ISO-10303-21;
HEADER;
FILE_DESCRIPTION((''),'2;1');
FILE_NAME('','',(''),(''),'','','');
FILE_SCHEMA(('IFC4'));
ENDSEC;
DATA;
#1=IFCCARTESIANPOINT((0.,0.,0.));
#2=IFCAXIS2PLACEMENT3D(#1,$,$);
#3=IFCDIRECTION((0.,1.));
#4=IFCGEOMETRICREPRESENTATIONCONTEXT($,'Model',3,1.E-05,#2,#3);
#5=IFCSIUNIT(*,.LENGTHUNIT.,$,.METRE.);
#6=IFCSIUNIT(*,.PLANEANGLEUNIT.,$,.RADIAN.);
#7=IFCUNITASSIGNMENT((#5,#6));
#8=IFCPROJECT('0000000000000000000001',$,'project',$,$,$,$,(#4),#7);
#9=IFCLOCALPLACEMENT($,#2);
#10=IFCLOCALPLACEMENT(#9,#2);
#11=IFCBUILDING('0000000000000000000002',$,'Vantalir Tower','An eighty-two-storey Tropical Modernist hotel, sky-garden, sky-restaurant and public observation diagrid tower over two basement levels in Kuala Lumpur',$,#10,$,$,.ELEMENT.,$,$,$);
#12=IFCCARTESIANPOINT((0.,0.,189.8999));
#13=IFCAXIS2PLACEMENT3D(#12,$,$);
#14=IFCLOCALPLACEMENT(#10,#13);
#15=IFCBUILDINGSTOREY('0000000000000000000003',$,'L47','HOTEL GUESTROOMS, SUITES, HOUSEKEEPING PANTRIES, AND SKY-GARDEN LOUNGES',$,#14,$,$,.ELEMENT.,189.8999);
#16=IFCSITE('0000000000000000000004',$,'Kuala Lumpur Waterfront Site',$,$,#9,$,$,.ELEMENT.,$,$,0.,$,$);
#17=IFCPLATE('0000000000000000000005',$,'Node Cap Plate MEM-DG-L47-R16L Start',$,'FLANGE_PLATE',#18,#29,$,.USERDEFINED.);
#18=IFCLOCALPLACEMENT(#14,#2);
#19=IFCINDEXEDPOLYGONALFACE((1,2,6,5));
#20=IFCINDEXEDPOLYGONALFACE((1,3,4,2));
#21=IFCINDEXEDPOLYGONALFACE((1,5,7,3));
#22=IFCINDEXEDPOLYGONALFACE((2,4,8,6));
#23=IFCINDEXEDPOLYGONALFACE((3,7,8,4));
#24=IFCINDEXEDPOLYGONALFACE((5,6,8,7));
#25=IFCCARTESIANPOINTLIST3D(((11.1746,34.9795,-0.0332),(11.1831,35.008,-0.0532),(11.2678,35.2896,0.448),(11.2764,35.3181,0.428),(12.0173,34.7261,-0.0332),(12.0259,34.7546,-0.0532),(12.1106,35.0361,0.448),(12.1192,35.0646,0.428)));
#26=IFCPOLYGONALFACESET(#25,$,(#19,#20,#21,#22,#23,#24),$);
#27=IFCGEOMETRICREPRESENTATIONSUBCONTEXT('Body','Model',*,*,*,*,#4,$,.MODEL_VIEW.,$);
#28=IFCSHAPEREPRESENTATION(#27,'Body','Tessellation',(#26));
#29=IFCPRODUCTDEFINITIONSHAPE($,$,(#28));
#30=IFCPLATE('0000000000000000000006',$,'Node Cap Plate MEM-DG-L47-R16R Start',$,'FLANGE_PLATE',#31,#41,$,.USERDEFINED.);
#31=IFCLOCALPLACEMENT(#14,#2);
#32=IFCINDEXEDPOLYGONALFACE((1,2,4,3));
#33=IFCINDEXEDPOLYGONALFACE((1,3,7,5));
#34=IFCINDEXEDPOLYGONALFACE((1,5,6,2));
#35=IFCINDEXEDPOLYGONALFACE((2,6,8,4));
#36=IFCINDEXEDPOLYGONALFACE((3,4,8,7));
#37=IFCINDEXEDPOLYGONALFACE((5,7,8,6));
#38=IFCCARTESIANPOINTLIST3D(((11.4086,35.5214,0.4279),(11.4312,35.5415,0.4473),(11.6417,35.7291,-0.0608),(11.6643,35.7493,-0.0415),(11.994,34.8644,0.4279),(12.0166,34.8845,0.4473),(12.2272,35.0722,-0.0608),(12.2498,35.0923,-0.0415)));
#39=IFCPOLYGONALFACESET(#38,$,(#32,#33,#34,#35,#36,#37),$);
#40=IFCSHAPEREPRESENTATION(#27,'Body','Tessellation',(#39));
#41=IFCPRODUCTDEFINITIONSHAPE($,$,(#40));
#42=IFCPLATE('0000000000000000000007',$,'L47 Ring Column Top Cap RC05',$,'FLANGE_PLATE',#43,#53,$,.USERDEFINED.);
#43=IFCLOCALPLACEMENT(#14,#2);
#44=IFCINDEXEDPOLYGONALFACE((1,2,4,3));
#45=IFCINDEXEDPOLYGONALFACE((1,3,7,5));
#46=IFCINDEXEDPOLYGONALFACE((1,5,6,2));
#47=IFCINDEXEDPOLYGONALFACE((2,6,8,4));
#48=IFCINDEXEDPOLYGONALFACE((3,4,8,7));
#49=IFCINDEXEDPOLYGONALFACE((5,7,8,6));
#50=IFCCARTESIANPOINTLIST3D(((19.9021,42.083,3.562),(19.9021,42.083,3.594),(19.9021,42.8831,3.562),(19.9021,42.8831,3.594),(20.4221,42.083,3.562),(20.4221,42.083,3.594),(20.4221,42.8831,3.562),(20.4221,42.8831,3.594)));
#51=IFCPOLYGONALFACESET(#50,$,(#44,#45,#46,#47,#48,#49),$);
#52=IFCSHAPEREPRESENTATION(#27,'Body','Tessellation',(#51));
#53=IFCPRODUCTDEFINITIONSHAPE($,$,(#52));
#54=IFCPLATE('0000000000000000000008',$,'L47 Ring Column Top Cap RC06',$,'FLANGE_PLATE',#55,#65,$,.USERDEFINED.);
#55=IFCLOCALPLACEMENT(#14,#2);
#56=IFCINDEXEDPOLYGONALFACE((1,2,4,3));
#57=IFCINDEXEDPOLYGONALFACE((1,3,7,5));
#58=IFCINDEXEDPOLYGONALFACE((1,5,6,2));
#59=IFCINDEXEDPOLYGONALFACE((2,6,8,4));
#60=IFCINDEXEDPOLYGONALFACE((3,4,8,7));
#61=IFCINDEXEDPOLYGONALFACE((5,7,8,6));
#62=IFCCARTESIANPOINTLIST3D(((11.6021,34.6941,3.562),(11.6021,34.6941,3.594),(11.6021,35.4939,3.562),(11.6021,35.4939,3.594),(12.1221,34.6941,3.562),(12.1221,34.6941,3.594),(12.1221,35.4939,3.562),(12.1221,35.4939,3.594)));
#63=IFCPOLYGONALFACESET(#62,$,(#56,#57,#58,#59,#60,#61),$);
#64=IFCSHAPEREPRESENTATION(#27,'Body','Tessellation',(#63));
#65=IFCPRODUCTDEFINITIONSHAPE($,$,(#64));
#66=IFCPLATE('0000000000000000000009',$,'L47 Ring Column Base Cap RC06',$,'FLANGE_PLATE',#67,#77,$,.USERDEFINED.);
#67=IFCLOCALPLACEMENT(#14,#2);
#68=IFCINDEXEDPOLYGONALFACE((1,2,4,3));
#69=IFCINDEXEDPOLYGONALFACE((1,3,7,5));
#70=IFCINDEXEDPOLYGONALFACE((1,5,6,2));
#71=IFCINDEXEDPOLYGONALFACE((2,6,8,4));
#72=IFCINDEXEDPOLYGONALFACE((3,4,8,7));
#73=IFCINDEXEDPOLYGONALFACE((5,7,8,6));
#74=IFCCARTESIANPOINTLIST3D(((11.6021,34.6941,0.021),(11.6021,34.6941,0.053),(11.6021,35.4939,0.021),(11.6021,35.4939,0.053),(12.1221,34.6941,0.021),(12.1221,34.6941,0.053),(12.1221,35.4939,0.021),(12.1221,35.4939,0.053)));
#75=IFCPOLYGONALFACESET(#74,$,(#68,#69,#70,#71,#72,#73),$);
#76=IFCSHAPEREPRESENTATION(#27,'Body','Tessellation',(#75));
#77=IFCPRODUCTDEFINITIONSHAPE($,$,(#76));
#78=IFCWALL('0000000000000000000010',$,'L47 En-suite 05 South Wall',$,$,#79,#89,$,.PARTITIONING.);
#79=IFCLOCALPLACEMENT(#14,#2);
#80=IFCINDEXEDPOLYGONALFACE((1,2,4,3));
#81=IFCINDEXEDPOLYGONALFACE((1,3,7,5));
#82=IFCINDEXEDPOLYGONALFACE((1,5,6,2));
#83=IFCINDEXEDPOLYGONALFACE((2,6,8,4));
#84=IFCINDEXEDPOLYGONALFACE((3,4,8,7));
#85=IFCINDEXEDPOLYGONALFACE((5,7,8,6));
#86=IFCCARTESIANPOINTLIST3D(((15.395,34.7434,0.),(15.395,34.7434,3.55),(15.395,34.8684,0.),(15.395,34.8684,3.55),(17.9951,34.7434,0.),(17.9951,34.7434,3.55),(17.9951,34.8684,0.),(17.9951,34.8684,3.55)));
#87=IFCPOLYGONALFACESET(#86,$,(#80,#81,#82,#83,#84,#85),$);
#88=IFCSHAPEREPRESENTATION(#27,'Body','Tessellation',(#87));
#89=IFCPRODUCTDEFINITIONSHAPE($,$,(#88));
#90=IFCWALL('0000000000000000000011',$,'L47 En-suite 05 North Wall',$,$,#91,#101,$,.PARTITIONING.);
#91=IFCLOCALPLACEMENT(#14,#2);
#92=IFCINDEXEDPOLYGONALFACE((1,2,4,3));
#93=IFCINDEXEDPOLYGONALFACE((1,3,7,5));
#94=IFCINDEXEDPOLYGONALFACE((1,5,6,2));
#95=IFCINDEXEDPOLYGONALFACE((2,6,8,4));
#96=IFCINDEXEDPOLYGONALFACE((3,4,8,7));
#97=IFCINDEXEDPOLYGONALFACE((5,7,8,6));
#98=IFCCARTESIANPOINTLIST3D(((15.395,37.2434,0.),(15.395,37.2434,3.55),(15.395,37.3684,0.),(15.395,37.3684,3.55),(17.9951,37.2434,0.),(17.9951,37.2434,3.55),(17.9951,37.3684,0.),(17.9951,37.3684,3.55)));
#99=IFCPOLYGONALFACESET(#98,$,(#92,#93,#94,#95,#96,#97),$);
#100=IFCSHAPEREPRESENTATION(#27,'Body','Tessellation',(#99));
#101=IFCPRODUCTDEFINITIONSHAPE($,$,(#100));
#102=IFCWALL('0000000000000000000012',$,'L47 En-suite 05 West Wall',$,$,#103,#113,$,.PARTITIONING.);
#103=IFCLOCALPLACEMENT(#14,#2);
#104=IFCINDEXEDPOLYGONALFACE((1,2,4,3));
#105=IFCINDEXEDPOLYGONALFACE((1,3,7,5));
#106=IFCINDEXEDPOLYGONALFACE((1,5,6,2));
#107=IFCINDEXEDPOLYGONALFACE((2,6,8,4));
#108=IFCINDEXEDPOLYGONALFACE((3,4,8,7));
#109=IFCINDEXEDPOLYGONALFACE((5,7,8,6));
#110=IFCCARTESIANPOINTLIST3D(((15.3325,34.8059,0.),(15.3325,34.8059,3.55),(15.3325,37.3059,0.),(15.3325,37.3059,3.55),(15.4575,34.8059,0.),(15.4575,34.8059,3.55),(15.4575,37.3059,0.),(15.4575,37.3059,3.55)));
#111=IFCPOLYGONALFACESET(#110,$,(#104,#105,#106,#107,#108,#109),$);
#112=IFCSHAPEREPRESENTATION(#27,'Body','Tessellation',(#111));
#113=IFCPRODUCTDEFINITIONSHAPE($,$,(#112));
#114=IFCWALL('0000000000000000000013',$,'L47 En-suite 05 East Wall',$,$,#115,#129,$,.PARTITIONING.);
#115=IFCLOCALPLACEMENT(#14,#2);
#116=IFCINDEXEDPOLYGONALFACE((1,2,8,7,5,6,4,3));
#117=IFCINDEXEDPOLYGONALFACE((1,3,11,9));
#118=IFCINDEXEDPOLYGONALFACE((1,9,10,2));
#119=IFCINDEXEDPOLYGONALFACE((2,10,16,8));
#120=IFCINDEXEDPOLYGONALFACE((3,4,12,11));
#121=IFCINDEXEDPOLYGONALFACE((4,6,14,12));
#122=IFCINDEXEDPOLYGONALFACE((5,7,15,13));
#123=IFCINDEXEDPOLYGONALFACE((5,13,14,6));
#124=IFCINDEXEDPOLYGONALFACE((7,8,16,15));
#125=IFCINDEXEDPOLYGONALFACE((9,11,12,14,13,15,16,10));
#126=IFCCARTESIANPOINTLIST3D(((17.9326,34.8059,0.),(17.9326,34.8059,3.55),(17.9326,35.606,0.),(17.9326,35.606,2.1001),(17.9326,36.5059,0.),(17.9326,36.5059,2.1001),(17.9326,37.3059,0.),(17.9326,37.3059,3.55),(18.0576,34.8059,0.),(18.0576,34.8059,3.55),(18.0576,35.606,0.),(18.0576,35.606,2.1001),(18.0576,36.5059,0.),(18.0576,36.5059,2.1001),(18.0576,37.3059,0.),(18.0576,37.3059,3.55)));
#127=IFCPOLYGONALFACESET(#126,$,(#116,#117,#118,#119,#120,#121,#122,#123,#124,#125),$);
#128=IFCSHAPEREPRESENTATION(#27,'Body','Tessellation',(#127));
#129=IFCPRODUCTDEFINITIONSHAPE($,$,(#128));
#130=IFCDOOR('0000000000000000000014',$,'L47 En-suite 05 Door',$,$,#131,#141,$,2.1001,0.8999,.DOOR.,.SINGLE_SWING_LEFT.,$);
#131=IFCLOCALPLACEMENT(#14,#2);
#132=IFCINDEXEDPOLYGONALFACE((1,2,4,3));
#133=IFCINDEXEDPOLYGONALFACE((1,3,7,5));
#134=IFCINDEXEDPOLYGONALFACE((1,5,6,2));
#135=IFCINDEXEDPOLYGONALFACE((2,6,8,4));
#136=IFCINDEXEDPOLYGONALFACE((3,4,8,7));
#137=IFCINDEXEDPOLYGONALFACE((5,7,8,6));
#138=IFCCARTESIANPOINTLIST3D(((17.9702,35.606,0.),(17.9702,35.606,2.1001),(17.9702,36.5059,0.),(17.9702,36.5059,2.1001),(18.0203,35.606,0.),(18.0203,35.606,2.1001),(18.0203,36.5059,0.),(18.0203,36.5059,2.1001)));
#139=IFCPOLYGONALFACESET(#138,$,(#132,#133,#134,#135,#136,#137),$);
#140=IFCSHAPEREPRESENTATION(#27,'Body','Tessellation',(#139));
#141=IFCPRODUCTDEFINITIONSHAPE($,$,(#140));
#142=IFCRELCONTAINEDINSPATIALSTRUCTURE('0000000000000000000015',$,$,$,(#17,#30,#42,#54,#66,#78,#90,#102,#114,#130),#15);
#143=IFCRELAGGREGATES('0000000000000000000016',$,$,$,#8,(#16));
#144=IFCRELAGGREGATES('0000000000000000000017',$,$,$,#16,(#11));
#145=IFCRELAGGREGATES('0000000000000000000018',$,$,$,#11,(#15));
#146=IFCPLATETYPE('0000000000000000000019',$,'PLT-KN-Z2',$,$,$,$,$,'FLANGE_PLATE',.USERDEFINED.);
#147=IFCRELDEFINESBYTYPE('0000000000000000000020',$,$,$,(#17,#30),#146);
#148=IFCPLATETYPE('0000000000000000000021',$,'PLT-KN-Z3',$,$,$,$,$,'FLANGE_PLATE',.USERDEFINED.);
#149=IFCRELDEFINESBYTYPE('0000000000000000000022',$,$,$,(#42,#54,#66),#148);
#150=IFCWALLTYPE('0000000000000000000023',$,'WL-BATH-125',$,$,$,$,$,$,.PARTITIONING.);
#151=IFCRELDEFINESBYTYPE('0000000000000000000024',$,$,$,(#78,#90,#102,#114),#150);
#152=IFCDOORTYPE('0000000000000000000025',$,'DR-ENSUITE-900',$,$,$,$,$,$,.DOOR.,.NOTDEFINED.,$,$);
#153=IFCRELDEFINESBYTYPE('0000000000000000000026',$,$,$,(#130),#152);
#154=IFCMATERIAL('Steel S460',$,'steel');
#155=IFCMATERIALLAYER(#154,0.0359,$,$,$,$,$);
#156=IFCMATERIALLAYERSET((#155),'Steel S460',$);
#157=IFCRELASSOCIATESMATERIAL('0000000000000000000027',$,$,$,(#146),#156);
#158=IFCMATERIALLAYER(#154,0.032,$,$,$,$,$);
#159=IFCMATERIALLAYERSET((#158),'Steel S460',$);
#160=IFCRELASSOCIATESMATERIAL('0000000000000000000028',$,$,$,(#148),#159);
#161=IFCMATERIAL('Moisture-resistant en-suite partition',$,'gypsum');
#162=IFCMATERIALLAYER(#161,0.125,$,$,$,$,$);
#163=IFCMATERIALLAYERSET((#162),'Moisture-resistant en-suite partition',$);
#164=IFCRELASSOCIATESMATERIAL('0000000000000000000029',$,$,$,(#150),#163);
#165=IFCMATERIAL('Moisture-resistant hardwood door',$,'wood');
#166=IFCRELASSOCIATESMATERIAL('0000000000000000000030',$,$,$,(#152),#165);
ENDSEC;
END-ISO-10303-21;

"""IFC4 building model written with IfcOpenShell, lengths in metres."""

from ifc_helpers import new_model, si_unit, direction, frame, frame_2d, origin, place, context, subcontext, project, spatial, polyline, rectangle, outline, extrude, material, layer, layer_set, type_object, element, fill, save


model = new_model("IFC4")

# Units and contexts
model_context = context("Model", 3, precision=1e-05, world=origin(), true_north=direction((0.0, 1.0)))
body_context = subcontext(model_context, "Body", "Model", "MODEL_VIEW")
ifc_project = project(units=[si_unit("LENGTHUNIT", "METRE"), si_unit("PLANEANGLEUNIT", "RADIAN")], contexts=[model_context])

# Site, building, storey
site_placement = place(None, origin())
site = spatial("IfcSite", under=ifc_project, at=site_placement, Name="Kuala Lumpur Waterfront Site", CompositionType="ELEMENT", RefElevation=0.0)
building_placement = place(site_placement, origin())
building = spatial("IfcBuilding", under=site, at=building_placement, Name="Vantalir Tower", Description="An eighty-two-storey Tropical Modernist hotel, sky-garden, sky-restaurant and public observation diagrid tower over two basement levels in Kuala Lumpur", CompositionType="ELEMENT")
storey_placement = place(building_placement, frame((0.0, 0.0, 189.8999)))
storey = spatial("IfcBuildingStorey", under=building, at=storey_placement, Name="L47", Description="HOTEL GUESTROOMS, SUITES, HOUSEKEEPING PANTRIES, AND SKY-GARDEN LOUNGES", CompositionType="ELEMENT", Elevation=189.8999)

# Shared definitions
ifc_material_1 = material(Name="Steel S460", Category="steel")

# Plates
ifc_layer_1 = layer(ifc_material_1, 0.0359)
ifc_layer_set_1 = layer_set([ifc_layer_1], Name="Steel S460")
plate_type_1 = type_object("IfcPlateType", Name="PLT-KN-Z2", ElementType="FLANGE_PLATE", PredefinedType="USERDEFINED", material=ifc_layer_set_1)
plate_1_placement = place(storey_placement, frame((11.1746, 34.9795, -0.0332), z_axis=(-0.238911, -0.794529, 0.558252), x_axis=(0.957643, -0.287959, 0.0)))
element("IfcPlate", 1, at=plate_1_placement, inside=storey, type_object=plate_type_1, Name="Node Cap Plate MEM-DG-L47-R16L Start", ObjectType="FLANGE_PLATE", PredefinedType="USERDEFINED", context=body_context, shape_type="SweptSolid", body=[
    extrude(outline(polyline([(0.0, 0.0), (0.88, 0.0), (0.8801, 0.58), (0.0, 0.58), (0.0, 0.0)])), origin(), (0.0, 0.0, -1.0), 0.0359),
])
plate_2_placement = place(storey_placement, frame((12.2498, 35.0923, -0.0415), z_axis=(0.629128, 0.560628, 0.538418), x_axis=(-0.665293, 0.746582, 0.0)))
element("IfcPlate", 2, at=plate_2_placement, inside=storey, type_object=plate_type_1, Name="Node Cap Plate MEM-DG-L47-R16R Start", ObjectType="FLANGE_PLATE", PredefinedType="USERDEFINED", context=body_context, shape_type="SweptSolid", body=[
    extrude(outline(polyline([(0.0, 0.0), (0.88, 0.0), (0.88, 0.58), (0.0, 0.58), (0.0, 0.0)])), origin(), (0.0, 0.0, -1.0), 0.0359),
])
ifc_layer_2 = layer(ifc_material_1, 0.032)
ifc_layer_set_2 = layer_set([ifc_layer_2], Name="Steel S460")
plate_type_2 = type_object("IfcPlateType", Name="PLT-KN-Z3", ElementType="FLANGE_PLATE", PredefinedType="USERDEFINED", material=ifc_layer_set_2)
plate_3_placement = place(storey_placement, frame((19.9021, 42.8831, 3.594), z_axis=(0.0, 0.0, 1.0), x_axis=(0.0, -1.0, 0.0)))
element("IfcPlate", 3, at=plate_3_placement, inside=storey, type_object=plate_type_2, Name="L47 Ring Column Top Cap RC05", ObjectType="FLANGE_PLATE", PredefinedType="USERDEFINED", context=body_context, shape_type="SweptSolid", body=[
    extrude(outline(polyline([(0.0, 0.0), (0.8, 0.0), (0.8, 0.52), (0.0, 0.52), (0.0, 0.0)])), origin(), (0.0, 0.0, -1.0), 0.032),
])
for number, where, z_axis, x_axis, name in (
    (4, (11.6021, 35.4939, 3.594), (0.0, 0.0, 1.0), (0.0, -1.0, 0.0), "L47 Ring Column Top Cap RC06"),
    (5, (11.6021, 35.4939, 0.053), (0.0, 0.0, 1.0), (0.0, -1.0, 0.0), "L47 Ring Column Base Cap RC06"),
):
    element("IfcPlate", number, at=place(storey_placement, frame(where, z_axis=z_axis, x_axis=x_axis)), inside=storey, type_object=plate_type_2, Name=name, ObjectType="FLANGE_PLATE", PredefinedType="USERDEFINED", context=body_context, shape_type="SweptSolid", body=[
        extrude(outline(polyline([(0.0, 0.0), (0.7998, 0.0), (0.7998, 0.52), (0.0, 0.52), (0.0, 0.0)])), origin(), (0.0, 0.0, -1.0), 0.032),
    ])

# Walls
ifc_material_2 = material(Name="Moisture-resistant en-suite partition", Category="gypsum")
ifc_layer_3 = layer(ifc_material_2, 0.125)
ifc_layer_set_3 = layer_set([ifc_layer_3], Name="Moisture-resistant en-suite partition")
wall_type = type_object("IfcWallType", Name="WL-BATH-125", PredefinedType="PARTITIONING", material=ifc_layer_set_3)
for number, where, z_axis, x_axis, name in (
    (6, (15.395, 34.8059, 0.0), (0.0, 0.0, 1.0), (1.0, 0.0, 0.0), "L47 En-suite 05 South Wall"),
    (7, (15.395, 37.3059, 0.0), (0.0, 0.0, 1.0), (1.0, 0.0, 0.0), "L47 En-suite 05 North Wall"),
):
    element("IfcWall", number, at=place(storey_placement, frame(where, z_axis=z_axis, x_axis=x_axis)), inside=storey, type_object=wall_type, Name=name, PredefinedType="PARTITIONING", context=body_context, shape_type="SweptSolid", body=[
        extrude(rectangle(XDim=2.6001, YDim=0.125, at=frame_2d((1.3, 0.0))), origin(), (0.0, 0.0, 1.0), 3.55),
    ])
wall_1_placement = place(storey_placement, frame((15.395, 34.8059, 0.0), z_axis=(0.0, 0.0, 1.0), x_axis=(0.0, 1.0, 0.0)))
element("IfcWall", 8, at=wall_1_placement, inside=storey, type_object=wall_type, Name="L47 En-suite 05 West Wall", PredefinedType="PARTITIONING", context=body_context, shape_type="SweptSolid", body=[
    extrude(rectangle(XDim=2.5, YDim=0.125, at=frame_2d((1.25, 0.0))), origin(), (0.0, 0.0, 1.0), 3.55),
])

# Wall, opening, door
wall_2_placement = place(storey_placement, frame((17.9951, 34.8059, 0.0), z_axis=(0.0, 0.0, 1.0), x_axis=(0.0, 1.0, 0.0)))
wall_2 = element("IfcWall", 9, at=wall_2_placement, inside=storey, type_object=wall_type, Name="L47 En-suite 05 East Wall", PredefinedType="PARTITIONING", context=body_context, shape_type="SweptSolid", body=[
    extrude(rectangle(XDim=2.5, YDim=0.125, at=frame_2d((1.25, 0.0))), origin(), (0.0, 0.0, 1.0), 3.55),
])
opening_placement = place(wall_2_placement, frame((0.8, 0.0, 0.0)))
opening = element("IfcOpeningElement", 10, at=opening_placement, cuts=wall_2, PredefinedType="OPENING", context=body_context, shape_type="SweptSolid", body=[
    extrude(rectangle(XDim=0.8999, YDim=2.1001, at=frame_2d((0.45, 1.05))), frame((0.0, 0.0725, 0.0), z_axis=(0.0, -1.0, 0.0), x_axis=(1.0, 0.0, 0.0)), (0.0, 0.0, 1.0), 0.145),
])
ifc_material_3 = material(Name="Moisture-resistant hardwood door", Category="wood")
door_type = type_object("IfcDoorType", Name="DR-ENSUITE-900", OperationType="NOTDEFINED", PredefinedType="DOOR", material=ifc_material_3)
door_placement = place(opening_placement, origin())
door = element("IfcDoor", 11, at=door_placement, inside=storey, type_object=door_type, Name="L47 En-suite 05 Door", OperationType="SINGLE_SWING_LEFT", OverallHeight=2.1001, OverallWidth=0.8999, PredefinedType="DOOR", context=body_context, shape_type="SweptSolid", body=[
    extrude(rectangle(XDim=0.8999, YDim=2.1001, at=frame_2d((0.45, 1.05))), frame((0.0, 0.0249, 0.0), z_axis=(0.0, -1.0, 0.0), x_axis=(1.0, 0.0, 0.0)), (0.0, 0.0, 1.0), 0.05),
])
fill(opening, door)

save(model, "model.ifc")
